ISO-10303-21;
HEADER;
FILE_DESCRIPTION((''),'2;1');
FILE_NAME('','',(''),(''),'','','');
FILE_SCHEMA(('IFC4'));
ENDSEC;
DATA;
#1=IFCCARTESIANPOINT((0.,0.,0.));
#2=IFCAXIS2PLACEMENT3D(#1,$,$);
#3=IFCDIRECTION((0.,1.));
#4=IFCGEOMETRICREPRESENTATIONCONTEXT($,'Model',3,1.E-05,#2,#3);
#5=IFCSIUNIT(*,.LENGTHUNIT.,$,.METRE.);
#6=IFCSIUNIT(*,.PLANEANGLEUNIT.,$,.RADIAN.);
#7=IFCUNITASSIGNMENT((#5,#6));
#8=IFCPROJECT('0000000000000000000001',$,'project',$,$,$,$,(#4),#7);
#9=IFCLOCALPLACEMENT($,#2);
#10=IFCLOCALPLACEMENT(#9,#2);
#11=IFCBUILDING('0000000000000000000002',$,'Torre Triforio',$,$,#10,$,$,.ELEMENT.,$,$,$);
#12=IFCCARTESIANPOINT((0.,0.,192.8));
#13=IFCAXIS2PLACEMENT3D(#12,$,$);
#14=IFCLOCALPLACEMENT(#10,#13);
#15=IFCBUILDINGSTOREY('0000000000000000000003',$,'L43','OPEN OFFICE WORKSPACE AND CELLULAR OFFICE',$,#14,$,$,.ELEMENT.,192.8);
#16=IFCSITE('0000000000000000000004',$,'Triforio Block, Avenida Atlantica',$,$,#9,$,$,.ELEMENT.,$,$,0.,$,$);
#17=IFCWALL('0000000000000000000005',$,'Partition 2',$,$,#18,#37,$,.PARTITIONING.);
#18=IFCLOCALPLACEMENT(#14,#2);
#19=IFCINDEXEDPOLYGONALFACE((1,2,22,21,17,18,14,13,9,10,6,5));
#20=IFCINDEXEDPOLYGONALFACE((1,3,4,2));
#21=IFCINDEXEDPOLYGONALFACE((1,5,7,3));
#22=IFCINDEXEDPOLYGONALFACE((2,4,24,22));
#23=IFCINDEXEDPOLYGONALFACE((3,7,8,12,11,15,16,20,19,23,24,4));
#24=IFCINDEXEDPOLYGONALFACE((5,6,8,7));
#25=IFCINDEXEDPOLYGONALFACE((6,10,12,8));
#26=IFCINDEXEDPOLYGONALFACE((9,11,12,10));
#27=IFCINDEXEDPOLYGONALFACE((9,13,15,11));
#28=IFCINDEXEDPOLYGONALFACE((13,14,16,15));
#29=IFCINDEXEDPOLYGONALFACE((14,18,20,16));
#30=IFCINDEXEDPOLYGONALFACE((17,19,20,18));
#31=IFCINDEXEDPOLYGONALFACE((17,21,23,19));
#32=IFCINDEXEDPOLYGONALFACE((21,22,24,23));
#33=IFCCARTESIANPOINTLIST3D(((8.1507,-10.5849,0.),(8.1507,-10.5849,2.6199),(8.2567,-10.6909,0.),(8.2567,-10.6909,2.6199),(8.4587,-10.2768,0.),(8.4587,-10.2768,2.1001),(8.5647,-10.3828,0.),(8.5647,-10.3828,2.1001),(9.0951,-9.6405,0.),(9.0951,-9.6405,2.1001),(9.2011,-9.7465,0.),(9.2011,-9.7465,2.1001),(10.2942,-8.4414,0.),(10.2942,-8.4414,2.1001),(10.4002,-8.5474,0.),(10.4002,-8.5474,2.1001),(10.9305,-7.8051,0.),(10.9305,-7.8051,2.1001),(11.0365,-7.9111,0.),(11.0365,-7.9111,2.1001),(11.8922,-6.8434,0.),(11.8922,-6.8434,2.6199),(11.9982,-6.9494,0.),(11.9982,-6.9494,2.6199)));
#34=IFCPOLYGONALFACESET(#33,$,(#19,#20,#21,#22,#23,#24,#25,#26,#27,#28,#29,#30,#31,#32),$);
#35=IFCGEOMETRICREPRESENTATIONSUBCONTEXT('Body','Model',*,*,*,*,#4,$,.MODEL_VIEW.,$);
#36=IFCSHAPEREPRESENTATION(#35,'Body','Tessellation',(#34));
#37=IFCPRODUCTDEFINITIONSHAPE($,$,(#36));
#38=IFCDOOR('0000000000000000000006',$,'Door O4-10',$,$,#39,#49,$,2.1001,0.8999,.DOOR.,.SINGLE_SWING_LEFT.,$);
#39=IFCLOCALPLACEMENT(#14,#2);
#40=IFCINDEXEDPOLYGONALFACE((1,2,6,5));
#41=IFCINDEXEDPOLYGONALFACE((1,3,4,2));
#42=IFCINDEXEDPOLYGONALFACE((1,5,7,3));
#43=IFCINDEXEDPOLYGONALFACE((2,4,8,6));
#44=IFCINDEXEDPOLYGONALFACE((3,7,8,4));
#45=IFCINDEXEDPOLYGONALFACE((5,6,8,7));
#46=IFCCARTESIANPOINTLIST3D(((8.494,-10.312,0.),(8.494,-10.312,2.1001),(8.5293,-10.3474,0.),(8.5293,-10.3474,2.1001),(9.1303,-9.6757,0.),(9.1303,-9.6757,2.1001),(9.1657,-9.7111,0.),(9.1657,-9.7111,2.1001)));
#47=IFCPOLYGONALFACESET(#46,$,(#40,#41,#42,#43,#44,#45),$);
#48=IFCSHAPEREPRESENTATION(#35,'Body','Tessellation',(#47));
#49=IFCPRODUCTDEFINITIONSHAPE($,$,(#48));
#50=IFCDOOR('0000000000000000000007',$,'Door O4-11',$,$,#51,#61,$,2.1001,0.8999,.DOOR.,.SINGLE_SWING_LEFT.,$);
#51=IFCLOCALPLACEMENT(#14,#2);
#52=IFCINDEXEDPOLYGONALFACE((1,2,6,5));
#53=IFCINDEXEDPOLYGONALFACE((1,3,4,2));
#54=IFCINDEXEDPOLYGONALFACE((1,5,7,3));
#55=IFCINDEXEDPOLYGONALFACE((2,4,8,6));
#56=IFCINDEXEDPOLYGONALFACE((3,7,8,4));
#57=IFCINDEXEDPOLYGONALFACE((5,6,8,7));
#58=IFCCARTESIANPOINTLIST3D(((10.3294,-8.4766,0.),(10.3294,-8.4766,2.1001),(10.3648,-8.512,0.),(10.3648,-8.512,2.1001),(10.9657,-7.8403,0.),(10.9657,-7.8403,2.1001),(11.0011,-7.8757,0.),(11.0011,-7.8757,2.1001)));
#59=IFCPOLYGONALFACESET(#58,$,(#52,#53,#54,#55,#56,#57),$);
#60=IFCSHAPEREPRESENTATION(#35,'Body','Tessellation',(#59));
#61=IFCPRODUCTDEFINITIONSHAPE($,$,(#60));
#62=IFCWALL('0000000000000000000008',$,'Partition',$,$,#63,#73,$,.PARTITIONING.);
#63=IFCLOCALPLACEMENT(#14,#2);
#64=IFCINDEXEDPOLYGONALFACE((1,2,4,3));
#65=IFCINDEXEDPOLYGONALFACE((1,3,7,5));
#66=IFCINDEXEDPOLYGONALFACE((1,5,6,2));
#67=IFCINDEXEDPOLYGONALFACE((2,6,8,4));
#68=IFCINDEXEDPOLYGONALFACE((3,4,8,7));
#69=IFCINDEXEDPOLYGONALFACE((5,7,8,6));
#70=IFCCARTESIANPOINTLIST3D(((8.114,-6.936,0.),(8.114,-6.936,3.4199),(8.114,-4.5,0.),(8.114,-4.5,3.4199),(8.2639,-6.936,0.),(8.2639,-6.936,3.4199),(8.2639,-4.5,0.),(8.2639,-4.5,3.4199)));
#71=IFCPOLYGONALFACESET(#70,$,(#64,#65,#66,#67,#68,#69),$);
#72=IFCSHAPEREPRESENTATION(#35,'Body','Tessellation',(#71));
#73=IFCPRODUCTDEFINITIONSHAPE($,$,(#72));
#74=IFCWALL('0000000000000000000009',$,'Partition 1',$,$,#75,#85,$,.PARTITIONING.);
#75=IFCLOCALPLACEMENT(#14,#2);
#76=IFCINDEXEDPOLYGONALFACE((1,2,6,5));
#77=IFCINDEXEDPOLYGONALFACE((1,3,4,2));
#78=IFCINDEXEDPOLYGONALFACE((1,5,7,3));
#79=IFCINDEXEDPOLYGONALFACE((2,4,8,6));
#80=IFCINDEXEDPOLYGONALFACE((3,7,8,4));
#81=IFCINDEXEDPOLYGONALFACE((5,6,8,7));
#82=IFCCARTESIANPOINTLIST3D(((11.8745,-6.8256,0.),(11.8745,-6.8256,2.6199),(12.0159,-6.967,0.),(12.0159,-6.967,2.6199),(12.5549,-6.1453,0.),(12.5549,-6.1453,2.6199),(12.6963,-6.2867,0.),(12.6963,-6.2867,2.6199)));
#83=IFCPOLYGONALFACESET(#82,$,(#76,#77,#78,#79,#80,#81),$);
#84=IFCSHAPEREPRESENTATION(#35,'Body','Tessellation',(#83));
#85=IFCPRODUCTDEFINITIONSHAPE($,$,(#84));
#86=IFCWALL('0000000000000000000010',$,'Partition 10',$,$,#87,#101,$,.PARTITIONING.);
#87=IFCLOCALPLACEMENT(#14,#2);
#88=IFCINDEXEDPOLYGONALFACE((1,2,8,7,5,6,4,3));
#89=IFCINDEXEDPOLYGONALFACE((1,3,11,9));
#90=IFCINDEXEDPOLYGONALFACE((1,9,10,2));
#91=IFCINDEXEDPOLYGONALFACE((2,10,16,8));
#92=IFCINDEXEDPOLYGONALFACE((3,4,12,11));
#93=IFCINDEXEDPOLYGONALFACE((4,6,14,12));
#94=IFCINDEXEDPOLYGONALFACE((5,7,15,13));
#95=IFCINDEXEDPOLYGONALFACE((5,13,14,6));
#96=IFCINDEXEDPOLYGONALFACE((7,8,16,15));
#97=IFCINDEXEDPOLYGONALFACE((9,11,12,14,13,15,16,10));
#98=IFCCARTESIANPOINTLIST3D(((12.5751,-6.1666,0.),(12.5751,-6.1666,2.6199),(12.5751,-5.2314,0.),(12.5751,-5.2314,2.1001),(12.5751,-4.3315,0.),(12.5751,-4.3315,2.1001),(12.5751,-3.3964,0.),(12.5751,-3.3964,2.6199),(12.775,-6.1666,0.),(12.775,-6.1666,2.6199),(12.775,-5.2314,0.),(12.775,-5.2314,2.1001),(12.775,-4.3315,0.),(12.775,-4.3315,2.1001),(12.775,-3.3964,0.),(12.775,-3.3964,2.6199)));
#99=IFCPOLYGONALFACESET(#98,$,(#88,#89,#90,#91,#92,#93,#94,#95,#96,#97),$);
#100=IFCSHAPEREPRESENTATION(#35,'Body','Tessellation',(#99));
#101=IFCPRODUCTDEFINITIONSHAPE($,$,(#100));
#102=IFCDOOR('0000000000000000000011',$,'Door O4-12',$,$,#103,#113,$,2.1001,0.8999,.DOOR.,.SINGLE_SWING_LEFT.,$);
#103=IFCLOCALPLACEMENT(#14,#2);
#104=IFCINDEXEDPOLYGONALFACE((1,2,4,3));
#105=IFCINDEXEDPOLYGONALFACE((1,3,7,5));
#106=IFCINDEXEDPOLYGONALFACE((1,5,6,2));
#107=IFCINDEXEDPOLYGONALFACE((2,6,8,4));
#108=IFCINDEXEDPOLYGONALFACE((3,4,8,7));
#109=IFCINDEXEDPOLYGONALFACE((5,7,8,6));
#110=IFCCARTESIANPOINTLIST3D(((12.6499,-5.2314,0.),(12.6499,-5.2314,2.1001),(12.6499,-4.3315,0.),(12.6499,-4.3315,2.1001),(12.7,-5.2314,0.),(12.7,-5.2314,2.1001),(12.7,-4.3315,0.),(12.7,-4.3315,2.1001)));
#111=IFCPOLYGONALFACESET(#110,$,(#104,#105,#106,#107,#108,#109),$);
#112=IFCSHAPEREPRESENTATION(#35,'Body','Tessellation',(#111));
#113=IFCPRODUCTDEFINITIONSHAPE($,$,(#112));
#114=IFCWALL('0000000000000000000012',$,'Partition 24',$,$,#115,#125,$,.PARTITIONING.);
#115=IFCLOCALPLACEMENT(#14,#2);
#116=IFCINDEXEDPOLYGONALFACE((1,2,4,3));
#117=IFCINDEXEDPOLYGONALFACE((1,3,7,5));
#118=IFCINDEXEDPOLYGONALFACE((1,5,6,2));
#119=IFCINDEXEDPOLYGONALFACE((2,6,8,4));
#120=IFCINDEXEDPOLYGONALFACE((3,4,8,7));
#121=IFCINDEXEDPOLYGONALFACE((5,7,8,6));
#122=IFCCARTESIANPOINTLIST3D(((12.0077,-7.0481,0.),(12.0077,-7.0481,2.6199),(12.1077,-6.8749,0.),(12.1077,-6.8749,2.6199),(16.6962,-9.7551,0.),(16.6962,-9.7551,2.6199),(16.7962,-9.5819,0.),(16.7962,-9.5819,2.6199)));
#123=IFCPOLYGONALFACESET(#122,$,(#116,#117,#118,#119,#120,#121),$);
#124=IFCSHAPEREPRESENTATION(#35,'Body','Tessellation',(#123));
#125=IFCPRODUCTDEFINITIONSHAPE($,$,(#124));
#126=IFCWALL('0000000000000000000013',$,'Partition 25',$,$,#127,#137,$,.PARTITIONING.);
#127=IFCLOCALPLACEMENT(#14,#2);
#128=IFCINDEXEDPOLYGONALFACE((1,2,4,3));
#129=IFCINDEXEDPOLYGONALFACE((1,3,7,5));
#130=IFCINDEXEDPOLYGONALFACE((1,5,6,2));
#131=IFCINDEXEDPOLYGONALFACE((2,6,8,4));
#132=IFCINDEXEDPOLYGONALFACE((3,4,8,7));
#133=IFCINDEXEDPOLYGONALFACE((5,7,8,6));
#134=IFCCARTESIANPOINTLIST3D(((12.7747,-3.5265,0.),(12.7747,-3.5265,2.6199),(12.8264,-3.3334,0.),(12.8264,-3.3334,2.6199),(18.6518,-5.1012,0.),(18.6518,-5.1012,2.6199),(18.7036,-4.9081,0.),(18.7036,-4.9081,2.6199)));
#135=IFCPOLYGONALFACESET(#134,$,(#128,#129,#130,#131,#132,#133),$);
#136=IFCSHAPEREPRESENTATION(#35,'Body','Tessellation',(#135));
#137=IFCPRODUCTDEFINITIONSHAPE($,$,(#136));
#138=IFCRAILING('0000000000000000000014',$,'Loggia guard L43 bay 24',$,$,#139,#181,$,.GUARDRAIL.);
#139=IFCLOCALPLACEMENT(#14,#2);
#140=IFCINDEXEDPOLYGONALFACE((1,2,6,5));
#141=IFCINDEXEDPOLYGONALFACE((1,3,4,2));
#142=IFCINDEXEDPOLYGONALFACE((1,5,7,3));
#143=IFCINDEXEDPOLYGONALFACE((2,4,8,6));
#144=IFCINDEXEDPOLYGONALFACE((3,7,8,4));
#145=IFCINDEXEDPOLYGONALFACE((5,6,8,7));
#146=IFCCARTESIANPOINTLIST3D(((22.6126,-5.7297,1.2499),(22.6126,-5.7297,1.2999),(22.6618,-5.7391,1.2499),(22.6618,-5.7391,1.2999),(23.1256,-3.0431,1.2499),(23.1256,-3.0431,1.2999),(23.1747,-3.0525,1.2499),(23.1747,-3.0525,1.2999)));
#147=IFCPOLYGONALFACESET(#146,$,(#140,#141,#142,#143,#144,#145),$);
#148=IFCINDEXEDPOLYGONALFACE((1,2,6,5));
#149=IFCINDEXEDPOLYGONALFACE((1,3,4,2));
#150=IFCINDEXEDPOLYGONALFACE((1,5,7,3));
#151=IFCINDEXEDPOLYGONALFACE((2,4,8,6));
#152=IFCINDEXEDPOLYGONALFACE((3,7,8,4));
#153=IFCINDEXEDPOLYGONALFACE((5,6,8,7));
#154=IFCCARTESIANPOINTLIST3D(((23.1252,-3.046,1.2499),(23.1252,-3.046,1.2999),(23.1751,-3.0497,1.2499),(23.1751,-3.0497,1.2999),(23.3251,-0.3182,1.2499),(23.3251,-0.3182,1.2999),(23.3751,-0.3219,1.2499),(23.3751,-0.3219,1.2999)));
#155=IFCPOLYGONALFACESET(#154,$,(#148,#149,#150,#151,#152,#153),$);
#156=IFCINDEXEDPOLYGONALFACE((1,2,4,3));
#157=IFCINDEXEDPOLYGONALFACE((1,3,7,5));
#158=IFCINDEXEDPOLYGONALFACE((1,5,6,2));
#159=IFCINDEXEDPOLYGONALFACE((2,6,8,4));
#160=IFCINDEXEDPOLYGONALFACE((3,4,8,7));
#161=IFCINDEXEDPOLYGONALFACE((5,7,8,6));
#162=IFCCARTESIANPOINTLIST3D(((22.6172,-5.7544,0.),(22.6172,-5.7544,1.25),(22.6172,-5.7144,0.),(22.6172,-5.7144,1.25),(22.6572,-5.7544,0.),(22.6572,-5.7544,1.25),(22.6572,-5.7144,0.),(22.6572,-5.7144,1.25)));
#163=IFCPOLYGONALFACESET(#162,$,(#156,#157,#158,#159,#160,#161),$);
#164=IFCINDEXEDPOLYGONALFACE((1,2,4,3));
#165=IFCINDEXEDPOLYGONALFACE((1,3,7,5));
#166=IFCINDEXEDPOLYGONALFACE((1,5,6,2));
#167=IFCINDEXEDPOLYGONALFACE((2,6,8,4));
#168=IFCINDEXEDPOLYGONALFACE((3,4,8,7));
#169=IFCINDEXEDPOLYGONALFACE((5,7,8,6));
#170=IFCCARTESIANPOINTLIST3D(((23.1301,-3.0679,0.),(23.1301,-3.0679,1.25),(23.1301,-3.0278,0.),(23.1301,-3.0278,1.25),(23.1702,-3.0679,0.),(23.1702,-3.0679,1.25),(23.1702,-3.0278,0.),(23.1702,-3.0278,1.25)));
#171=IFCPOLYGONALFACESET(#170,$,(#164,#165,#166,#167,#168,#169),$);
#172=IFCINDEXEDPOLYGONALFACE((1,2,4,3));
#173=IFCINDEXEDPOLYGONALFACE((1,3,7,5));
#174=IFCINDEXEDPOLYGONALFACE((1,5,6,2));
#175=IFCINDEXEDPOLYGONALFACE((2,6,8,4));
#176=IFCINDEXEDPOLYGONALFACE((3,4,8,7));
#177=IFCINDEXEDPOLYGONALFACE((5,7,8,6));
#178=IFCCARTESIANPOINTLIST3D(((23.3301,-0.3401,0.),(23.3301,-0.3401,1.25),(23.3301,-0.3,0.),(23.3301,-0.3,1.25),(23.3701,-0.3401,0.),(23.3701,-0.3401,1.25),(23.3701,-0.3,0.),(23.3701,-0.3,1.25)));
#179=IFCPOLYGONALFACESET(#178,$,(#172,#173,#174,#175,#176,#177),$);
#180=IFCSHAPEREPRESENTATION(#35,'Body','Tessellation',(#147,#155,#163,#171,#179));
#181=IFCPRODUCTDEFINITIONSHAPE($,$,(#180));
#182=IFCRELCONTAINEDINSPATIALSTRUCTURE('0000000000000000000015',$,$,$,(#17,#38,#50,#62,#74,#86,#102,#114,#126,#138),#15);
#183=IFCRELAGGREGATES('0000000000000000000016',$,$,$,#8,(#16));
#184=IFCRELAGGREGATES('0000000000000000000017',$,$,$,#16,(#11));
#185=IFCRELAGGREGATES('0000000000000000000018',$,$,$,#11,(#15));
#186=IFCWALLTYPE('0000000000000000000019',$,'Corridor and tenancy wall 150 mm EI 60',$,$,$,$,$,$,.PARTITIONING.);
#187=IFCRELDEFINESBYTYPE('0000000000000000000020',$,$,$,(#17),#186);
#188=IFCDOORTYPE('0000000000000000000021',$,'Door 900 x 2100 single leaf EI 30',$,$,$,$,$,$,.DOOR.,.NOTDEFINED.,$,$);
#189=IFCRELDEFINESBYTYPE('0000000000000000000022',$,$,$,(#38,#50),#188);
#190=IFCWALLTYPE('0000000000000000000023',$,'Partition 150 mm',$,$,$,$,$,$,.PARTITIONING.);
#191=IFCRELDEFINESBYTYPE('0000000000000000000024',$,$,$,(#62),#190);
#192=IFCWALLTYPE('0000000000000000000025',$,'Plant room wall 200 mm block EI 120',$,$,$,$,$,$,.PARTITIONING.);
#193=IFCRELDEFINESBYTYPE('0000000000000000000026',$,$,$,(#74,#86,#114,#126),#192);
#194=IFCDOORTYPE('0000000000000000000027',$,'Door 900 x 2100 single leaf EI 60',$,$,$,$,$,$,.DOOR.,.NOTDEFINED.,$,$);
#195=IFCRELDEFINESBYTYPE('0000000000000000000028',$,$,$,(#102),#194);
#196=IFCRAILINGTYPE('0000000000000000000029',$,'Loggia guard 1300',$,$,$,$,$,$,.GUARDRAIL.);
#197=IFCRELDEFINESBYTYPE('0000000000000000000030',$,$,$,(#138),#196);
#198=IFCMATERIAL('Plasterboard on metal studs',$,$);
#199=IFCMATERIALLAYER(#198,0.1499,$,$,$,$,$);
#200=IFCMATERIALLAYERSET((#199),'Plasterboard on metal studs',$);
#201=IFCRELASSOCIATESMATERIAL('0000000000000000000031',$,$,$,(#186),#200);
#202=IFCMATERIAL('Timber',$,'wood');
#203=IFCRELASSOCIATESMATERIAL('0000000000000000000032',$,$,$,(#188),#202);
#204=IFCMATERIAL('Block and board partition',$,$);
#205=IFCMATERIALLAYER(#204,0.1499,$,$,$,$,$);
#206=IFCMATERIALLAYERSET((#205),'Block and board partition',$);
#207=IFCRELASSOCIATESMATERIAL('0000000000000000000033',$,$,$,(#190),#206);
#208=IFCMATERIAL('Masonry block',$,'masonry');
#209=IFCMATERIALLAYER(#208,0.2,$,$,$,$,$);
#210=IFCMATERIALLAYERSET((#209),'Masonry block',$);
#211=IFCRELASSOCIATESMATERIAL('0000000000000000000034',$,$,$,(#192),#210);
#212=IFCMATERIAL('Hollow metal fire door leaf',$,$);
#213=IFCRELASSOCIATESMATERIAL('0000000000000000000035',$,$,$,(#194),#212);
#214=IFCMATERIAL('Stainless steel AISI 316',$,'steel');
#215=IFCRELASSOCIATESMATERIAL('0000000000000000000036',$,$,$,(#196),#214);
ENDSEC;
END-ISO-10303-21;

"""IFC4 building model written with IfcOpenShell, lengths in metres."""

from ifc_helpers import new_model, si_unit, direction, frame, frame_2d, origin, origin_2d, place, context, subcontext, project, spatial, rectangle, extrude, material, layer, layer_set, type_object, element, fill, save


model = new_model("IFC4")

# Units and contexts
model_context = context("Model", 3, precision=1e-05, world=origin(), true_north=direction((0.0, 1.0)))
body_context = subcontext(model_context, "Body", "Model", "MODEL_VIEW")
ifc_project = project(units=[si_unit("LENGTHUNIT", "METRE"), si_unit("PLANEANGLEUNIT", "RADIAN")], contexts=[model_context])

# Site, building, storey
site_placement = place(None, origin())
site = spatial("IfcSite", under=ifc_project, at=site_placement, Name="Triforio Block, Avenida Atlantica", CompositionType="ELEMENT", RefElevation=0.0)
building_placement = place(site_placement, origin())
building = spatial("IfcBuilding", under=site, at=building_placement, Name="Torre Triforio", CompositionType="ELEMENT")
storey_placement = place(building_placement, frame((0.0, 0.0, 192.8)))
storey = spatial("IfcBuildingStorey", under=building, at=storey_placement, Name="L43", Description="OPEN OFFICE WORKSPACE AND CELLULAR OFFICE", CompositionType="ELEMENT", Elevation=192.8)

# Shared definitions
ifc_material_1 = material(Name="Hollow metal fire door leaf")

# Wall, openings, doors
ifc_material_2 = material(Name="Plasterboard on metal studs")
ifc_layer_1 = layer(ifc_material_2, 0.1499)
ifc_layer_set_1 = layer_set([ifc_layer_1], Name="Plasterboard on metal studs")
wall_type_1 = type_object("IfcWallType", Name="Corridor and tenancy wall 150 mm EI 60", PredefinedType="PARTITIONING", material=ifc_layer_set_1)
wall_1_placement = place(storey_placement, frame((11.9451, -6.8965, 0.0), z_axis=(0.0, 0.0, 1.0), x_axis=(-0.707107, -0.707107, 0.0)))
wall_1 = element("IfcWall", 1, at=wall_1_placement, inside=storey, type_object=wall_type_1, Name="Partition 2", PredefinedType="PARTITIONING", context=body_context, shape_type="SweptSolid", body=[
    extrude(rectangle(XDim=5.2913, YDim=0.1499, at=frame_2d((2.6455, 0.0))), origin(), (0.0, 0.0, 1.0), 2.6199),
])
opening_1_placement = place(wall_1_placement, frame((3.9556, 0.0, 0.0)))
opening_1 = element("IfcOpeningElement", 2, at=opening_1_placement, cuts=wall_1, PredefinedType="OPENING", context=body_context, shape_type="SweptSolid", body=[
    extrude(rectangle(XDim=0.8999, YDim=2.1001, at=frame_2d((0.45, 1.05))), frame((0.0, 0.085, 0.0), z_axis=(0.0, -1.0, 0.0), x_axis=(1.0, 0.0, 0.0)), (0.0, 0.0, 1.0), 0.1699),
])
opening_2_placement = place(wall_1_placement, frame((1.3599, 0.0, 0.0)))
opening_2 = element("IfcOpeningElement", 3, at=opening_2_placement, cuts=wall_1, PredefinedType="OPENING", context=body_context, shape_type="SweptSolid", body=[
    extrude(rectangle(XDim=0.8999, YDim=2.1001, at=frame_2d((0.45, 1.05))), frame((0.0, 0.085, 0.0), z_axis=(0.0, -1.0, 0.0), x_axis=(1.0, 0.0, 0.0)), (0.0, 0.0, 1.0), 0.1699),
])
ifc_material_3 = material(Name="Timber", Category="wood")
door_type_1 = type_object("IfcDoorType", Name="Door 900 x 2100 single leaf EI 30", OperationType="NOTDEFINED", PredefinedType="DOOR", material=ifc_material_3)
door_1_placement = place(opening_1_placement, origin())
door_1 = element("IfcDoor", 4, at=door_1_placement, inside=storey, type_object=door_type_1, Name="Door O4-10", OperationType="SINGLE_SWING_LEFT", OverallHeight=2.1001, OverallWidth=0.8999, PredefinedType="DOOR", context=body_context, shape_type="SweptSolid", body=[
    extrude(rectangle(XDim=0.8999, YDim=2.1001, at=frame_2d((0.45, 1.05))), frame((0.0, 0.0249, 0.0), z_axis=(0.0, -1.0, 0.0), x_axis=(1.0, 0.0, 0.0)), (0.0, 0.0, 1.0), 0.05),
])
fill(opening_1, door_1)
door_2_placement = place(opening_2_placement, origin())
door_2 = element("IfcDoor", 5, at=door_2_placement, inside=storey, type_object=door_type_1, Name="Door O4-11", OperationType="SINGLE_SWING_LEFT", OverallHeight=2.1001, OverallWidth=0.8999, PredefinedType="DOOR", context=body_context, shape_type="SweptSolid", body=[
    extrude(rectangle(XDim=0.8999, YDim=2.1001, at=frame_2d((0.45, 1.05))), frame((0.0, 0.0249, 0.0), z_axis=(0.0, -1.0, 0.0), x_axis=(1.0, 0.0, 0.0)), (0.0, 0.0, 1.0), 0.05),
])
fill(opening_2, door_2)

# Walls
ifc_material_4 = material(Name="Block and board partition")
ifc_layer_2 = layer(ifc_material_4, 0.1499)
ifc_layer_set_2 = layer_set([ifc_layer_2], Name="Block and board partition")
wall_type_2 = type_object("IfcWallType", Name="Partition 150 mm", PredefinedType="PARTITIONING", material=ifc_layer_set_2)
wall_2_placement = place(storey_placement, frame((8.189, -6.936, 0.0), z_axis=(0.0, 0.0, 1.0), x_axis=(0.0, 1.0, 0.0)))
element("IfcWall", 6, at=wall_2_placement, inside=storey, type_object=wall_type_2, Name="Partition", PredefinedType="PARTITIONING", context=body_context, shape_type="SweptSolid", body=[
    extrude(rectangle(XDim=2.436, YDim=0.1499, at=frame_2d((1.218, 0.0))), origin(), (0.0, 0.0, 1.0), 3.4199),
])
ifc_material_5 = material(Name="Masonry block", Category="masonry")
ifc_layer_3 = layer(ifc_material_5, 0.2)
ifc_layer_set_3 = layer_set([ifc_layer_3], Name="Masonry block")
wall_type_3 = type_object("IfcWallType", Name="Plant room wall 200 mm block EI 120", PredefinedType="PARTITIONING", material=ifc_layer_set_3)
wall_3_placement = place(storey_placement, frame((12.6255, -6.2161, 0.0), z_axis=(0.0, 0.0, 1.0), x_axis=(-0.707107, -0.707107, 0.0)))
element("IfcWall", 7, at=wall_3_placement, inside=storey, type_object=wall_type_3, Name="Partition 1", PredefinedType="PARTITIONING", context=body_context, shape_type="SweptSolid", body=[
    extrude(rectangle(XDim=0.9622, YDim=0.2, at=frame_2d((0.481, 0.0))), origin(), (0.0, 0.0, 1.0), 2.6199),
])

# Wall, opening, door
wall_4_placement = place(storey_placement, frame((12.675, -3.3962, 0.0), z_axis=(0.0, 0.0, 1.0), x_axis=(0.0, -1.0, 0.0)))
wall_4 = element("IfcWall", 8, at=wall_4_placement, inside=storey, type_object=wall_type_3, Name="Partition 10", PredefinedType="PARTITIONING", context=body_context, shape_type="SweptSolid", body=[
    extrude(rectangle(XDim=2.7703, YDim=0.2, at=frame_2d((1.3853, 0.0))), origin(), (0.0, 0.0, 1.0), 2.6199),
])
opening_3_placement = place(wall_4_placement, frame((0.9353, 0.0, 0.0)))
opening_3 = element("IfcOpeningElement", 9, at=opening_3_placement, cuts=wall_4, PredefinedType="OPENING", context=body_context, shape_type="SweptSolid", body=[
    extrude(rectangle(XDim=0.8999, YDim=2.1001, at=frame_2d((0.45, 1.05))), frame((0.0, 0.1099, 0.0), z_axis=(0.0, -1.0, 0.0), x_axis=(1.0, 0.0, 0.0)), (0.0, 0.0, 1.0), 0.22),
])
door_type_2 = type_object("IfcDoorType", Name="Door 900 x 2100 single leaf EI 60", OperationType="NOTDEFINED", PredefinedType="DOOR", material=ifc_material_1)
door_3_placement = place(opening_3_placement, origin())
door_3 = element("IfcDoor", 10, at=door_3_placement, inside=storey, type_object=door_type_2, Name="Door O4-12", OperationType="SINGLE_SWING_LEFT", OverallHeight=2.1001, OverallWidth=0.8999, PredefinedType="DOOR", context=body_context, shape_type="SweptSolid", body=[
    extrude(rectangle(XDim=0.8999, YDim=2.1001, at=frame_2d((0.45, 1.05))), frame((0.0, 0.0249, 0.0), z_axis=(0.0, -1.0, 0.0), x_axis=(1.0, 0.0, 0.0)), (0.0, 0.0, 1.0), 0.05),
])
fill(opening_3, door_3)

# Walls
wall_5_placement = place(storey_placement, frame((12.0576, -6.9614, 0.0), z_axis=(0.0, 0.0, 1.0), x_axis=(0.866014, -0.500019, 0.0)))
element("IfcWall", 11, at=wall_5_placement, inside=storey, type_object=wall_type_3, Name="Partition 24", PredefinedType="PARTITIONING", context=body_context, shape_type="SweptSolid", body=[
    extrude(rectangle(XDim=5.4138, YDim=0.2, at=frame_2d((2.707, 0.0))), origin(), (0.0, 0.0, 1.0), 2.6199),
])
wall_6_placement = place(storey_placement, frame((12.8005, -3.4299, 0.0), z_axis=(0.0, 0.0, 1.0), x_axis=(0.965929, -0.258806, 0.0)))
element("IfcWall", 12, at=wall_6_placement, inside=storey, type_object=wall_type_3, Name="Partition 25", PredefinedType="PARTITIONING", context=body_context, shape_type="SweptSolid", body=[
    extrude(rectangle(XDim=6.0845, YDim=0.2, at=frame_2d((3.0422, 0.0))), origin(), (0.0, 0.0, 1.0), 2.6199),
])

# Railing
ifc_material_6 = material(Name="Stainless steel AISI 316", Category="steel")
railing_type = type_object("IfcRailingType", Name="Loggia guard 1300", PredefinedType="GUARDRAIL", material=ifc_material_6)
railing_placement = place(storey_placement, frame((22.6372, -5.7344, 0.0)))
element("IfcRailing", 13, at=railing_placement, inside=storey, type_object=railing_type, Name="Loggia guard L43 bay 24", PredefinedType="GUARDRAIL", context=body_context, shape_type="SweptSolid", body=[
    extrude(rectangle(XDim=0.05, YDim=0.05, at=origin_2d()), frame((0.0, 0.0, 1.2749), z_axis=(0.187543, 0.982256, 0.0), x_axis=(-0.982256, 0.187543, 0.0)), (0.0, 0.0, 1.0), 2.7351),
    extrude(rectangle(XDim=0.05, YDim=0.05, at=origin_2d()), frame((0.5129, 2.6865, 1.2749), z_axis=(0.073106, 0.997324, 0.0), x_axis=(-0.997324, 0.073106, 0.0)), (0.0, 0.0, 1.0), 2.7351),
    extrude(rectangle(XDim=0.04, YDim=0.04, at=origin_2d()), origin(), (0.0, 0.0, 1.0), 1.25),
    extrude(rectangle(XDim=0.04, YDim=0.04, at=origin_2d()), frame((0.5129, 2.6865, 0.0)), (0.0, 0.0, 1.0), 1.25),
    extrude(rectangle(XDim=0.04, YDim=0.04, at=origin_2d()), frame((0.7129, 5.4143, 0.0)), (0.0, 0.0, 1.0), 1.25),
])

save(model, "model.ifc")
